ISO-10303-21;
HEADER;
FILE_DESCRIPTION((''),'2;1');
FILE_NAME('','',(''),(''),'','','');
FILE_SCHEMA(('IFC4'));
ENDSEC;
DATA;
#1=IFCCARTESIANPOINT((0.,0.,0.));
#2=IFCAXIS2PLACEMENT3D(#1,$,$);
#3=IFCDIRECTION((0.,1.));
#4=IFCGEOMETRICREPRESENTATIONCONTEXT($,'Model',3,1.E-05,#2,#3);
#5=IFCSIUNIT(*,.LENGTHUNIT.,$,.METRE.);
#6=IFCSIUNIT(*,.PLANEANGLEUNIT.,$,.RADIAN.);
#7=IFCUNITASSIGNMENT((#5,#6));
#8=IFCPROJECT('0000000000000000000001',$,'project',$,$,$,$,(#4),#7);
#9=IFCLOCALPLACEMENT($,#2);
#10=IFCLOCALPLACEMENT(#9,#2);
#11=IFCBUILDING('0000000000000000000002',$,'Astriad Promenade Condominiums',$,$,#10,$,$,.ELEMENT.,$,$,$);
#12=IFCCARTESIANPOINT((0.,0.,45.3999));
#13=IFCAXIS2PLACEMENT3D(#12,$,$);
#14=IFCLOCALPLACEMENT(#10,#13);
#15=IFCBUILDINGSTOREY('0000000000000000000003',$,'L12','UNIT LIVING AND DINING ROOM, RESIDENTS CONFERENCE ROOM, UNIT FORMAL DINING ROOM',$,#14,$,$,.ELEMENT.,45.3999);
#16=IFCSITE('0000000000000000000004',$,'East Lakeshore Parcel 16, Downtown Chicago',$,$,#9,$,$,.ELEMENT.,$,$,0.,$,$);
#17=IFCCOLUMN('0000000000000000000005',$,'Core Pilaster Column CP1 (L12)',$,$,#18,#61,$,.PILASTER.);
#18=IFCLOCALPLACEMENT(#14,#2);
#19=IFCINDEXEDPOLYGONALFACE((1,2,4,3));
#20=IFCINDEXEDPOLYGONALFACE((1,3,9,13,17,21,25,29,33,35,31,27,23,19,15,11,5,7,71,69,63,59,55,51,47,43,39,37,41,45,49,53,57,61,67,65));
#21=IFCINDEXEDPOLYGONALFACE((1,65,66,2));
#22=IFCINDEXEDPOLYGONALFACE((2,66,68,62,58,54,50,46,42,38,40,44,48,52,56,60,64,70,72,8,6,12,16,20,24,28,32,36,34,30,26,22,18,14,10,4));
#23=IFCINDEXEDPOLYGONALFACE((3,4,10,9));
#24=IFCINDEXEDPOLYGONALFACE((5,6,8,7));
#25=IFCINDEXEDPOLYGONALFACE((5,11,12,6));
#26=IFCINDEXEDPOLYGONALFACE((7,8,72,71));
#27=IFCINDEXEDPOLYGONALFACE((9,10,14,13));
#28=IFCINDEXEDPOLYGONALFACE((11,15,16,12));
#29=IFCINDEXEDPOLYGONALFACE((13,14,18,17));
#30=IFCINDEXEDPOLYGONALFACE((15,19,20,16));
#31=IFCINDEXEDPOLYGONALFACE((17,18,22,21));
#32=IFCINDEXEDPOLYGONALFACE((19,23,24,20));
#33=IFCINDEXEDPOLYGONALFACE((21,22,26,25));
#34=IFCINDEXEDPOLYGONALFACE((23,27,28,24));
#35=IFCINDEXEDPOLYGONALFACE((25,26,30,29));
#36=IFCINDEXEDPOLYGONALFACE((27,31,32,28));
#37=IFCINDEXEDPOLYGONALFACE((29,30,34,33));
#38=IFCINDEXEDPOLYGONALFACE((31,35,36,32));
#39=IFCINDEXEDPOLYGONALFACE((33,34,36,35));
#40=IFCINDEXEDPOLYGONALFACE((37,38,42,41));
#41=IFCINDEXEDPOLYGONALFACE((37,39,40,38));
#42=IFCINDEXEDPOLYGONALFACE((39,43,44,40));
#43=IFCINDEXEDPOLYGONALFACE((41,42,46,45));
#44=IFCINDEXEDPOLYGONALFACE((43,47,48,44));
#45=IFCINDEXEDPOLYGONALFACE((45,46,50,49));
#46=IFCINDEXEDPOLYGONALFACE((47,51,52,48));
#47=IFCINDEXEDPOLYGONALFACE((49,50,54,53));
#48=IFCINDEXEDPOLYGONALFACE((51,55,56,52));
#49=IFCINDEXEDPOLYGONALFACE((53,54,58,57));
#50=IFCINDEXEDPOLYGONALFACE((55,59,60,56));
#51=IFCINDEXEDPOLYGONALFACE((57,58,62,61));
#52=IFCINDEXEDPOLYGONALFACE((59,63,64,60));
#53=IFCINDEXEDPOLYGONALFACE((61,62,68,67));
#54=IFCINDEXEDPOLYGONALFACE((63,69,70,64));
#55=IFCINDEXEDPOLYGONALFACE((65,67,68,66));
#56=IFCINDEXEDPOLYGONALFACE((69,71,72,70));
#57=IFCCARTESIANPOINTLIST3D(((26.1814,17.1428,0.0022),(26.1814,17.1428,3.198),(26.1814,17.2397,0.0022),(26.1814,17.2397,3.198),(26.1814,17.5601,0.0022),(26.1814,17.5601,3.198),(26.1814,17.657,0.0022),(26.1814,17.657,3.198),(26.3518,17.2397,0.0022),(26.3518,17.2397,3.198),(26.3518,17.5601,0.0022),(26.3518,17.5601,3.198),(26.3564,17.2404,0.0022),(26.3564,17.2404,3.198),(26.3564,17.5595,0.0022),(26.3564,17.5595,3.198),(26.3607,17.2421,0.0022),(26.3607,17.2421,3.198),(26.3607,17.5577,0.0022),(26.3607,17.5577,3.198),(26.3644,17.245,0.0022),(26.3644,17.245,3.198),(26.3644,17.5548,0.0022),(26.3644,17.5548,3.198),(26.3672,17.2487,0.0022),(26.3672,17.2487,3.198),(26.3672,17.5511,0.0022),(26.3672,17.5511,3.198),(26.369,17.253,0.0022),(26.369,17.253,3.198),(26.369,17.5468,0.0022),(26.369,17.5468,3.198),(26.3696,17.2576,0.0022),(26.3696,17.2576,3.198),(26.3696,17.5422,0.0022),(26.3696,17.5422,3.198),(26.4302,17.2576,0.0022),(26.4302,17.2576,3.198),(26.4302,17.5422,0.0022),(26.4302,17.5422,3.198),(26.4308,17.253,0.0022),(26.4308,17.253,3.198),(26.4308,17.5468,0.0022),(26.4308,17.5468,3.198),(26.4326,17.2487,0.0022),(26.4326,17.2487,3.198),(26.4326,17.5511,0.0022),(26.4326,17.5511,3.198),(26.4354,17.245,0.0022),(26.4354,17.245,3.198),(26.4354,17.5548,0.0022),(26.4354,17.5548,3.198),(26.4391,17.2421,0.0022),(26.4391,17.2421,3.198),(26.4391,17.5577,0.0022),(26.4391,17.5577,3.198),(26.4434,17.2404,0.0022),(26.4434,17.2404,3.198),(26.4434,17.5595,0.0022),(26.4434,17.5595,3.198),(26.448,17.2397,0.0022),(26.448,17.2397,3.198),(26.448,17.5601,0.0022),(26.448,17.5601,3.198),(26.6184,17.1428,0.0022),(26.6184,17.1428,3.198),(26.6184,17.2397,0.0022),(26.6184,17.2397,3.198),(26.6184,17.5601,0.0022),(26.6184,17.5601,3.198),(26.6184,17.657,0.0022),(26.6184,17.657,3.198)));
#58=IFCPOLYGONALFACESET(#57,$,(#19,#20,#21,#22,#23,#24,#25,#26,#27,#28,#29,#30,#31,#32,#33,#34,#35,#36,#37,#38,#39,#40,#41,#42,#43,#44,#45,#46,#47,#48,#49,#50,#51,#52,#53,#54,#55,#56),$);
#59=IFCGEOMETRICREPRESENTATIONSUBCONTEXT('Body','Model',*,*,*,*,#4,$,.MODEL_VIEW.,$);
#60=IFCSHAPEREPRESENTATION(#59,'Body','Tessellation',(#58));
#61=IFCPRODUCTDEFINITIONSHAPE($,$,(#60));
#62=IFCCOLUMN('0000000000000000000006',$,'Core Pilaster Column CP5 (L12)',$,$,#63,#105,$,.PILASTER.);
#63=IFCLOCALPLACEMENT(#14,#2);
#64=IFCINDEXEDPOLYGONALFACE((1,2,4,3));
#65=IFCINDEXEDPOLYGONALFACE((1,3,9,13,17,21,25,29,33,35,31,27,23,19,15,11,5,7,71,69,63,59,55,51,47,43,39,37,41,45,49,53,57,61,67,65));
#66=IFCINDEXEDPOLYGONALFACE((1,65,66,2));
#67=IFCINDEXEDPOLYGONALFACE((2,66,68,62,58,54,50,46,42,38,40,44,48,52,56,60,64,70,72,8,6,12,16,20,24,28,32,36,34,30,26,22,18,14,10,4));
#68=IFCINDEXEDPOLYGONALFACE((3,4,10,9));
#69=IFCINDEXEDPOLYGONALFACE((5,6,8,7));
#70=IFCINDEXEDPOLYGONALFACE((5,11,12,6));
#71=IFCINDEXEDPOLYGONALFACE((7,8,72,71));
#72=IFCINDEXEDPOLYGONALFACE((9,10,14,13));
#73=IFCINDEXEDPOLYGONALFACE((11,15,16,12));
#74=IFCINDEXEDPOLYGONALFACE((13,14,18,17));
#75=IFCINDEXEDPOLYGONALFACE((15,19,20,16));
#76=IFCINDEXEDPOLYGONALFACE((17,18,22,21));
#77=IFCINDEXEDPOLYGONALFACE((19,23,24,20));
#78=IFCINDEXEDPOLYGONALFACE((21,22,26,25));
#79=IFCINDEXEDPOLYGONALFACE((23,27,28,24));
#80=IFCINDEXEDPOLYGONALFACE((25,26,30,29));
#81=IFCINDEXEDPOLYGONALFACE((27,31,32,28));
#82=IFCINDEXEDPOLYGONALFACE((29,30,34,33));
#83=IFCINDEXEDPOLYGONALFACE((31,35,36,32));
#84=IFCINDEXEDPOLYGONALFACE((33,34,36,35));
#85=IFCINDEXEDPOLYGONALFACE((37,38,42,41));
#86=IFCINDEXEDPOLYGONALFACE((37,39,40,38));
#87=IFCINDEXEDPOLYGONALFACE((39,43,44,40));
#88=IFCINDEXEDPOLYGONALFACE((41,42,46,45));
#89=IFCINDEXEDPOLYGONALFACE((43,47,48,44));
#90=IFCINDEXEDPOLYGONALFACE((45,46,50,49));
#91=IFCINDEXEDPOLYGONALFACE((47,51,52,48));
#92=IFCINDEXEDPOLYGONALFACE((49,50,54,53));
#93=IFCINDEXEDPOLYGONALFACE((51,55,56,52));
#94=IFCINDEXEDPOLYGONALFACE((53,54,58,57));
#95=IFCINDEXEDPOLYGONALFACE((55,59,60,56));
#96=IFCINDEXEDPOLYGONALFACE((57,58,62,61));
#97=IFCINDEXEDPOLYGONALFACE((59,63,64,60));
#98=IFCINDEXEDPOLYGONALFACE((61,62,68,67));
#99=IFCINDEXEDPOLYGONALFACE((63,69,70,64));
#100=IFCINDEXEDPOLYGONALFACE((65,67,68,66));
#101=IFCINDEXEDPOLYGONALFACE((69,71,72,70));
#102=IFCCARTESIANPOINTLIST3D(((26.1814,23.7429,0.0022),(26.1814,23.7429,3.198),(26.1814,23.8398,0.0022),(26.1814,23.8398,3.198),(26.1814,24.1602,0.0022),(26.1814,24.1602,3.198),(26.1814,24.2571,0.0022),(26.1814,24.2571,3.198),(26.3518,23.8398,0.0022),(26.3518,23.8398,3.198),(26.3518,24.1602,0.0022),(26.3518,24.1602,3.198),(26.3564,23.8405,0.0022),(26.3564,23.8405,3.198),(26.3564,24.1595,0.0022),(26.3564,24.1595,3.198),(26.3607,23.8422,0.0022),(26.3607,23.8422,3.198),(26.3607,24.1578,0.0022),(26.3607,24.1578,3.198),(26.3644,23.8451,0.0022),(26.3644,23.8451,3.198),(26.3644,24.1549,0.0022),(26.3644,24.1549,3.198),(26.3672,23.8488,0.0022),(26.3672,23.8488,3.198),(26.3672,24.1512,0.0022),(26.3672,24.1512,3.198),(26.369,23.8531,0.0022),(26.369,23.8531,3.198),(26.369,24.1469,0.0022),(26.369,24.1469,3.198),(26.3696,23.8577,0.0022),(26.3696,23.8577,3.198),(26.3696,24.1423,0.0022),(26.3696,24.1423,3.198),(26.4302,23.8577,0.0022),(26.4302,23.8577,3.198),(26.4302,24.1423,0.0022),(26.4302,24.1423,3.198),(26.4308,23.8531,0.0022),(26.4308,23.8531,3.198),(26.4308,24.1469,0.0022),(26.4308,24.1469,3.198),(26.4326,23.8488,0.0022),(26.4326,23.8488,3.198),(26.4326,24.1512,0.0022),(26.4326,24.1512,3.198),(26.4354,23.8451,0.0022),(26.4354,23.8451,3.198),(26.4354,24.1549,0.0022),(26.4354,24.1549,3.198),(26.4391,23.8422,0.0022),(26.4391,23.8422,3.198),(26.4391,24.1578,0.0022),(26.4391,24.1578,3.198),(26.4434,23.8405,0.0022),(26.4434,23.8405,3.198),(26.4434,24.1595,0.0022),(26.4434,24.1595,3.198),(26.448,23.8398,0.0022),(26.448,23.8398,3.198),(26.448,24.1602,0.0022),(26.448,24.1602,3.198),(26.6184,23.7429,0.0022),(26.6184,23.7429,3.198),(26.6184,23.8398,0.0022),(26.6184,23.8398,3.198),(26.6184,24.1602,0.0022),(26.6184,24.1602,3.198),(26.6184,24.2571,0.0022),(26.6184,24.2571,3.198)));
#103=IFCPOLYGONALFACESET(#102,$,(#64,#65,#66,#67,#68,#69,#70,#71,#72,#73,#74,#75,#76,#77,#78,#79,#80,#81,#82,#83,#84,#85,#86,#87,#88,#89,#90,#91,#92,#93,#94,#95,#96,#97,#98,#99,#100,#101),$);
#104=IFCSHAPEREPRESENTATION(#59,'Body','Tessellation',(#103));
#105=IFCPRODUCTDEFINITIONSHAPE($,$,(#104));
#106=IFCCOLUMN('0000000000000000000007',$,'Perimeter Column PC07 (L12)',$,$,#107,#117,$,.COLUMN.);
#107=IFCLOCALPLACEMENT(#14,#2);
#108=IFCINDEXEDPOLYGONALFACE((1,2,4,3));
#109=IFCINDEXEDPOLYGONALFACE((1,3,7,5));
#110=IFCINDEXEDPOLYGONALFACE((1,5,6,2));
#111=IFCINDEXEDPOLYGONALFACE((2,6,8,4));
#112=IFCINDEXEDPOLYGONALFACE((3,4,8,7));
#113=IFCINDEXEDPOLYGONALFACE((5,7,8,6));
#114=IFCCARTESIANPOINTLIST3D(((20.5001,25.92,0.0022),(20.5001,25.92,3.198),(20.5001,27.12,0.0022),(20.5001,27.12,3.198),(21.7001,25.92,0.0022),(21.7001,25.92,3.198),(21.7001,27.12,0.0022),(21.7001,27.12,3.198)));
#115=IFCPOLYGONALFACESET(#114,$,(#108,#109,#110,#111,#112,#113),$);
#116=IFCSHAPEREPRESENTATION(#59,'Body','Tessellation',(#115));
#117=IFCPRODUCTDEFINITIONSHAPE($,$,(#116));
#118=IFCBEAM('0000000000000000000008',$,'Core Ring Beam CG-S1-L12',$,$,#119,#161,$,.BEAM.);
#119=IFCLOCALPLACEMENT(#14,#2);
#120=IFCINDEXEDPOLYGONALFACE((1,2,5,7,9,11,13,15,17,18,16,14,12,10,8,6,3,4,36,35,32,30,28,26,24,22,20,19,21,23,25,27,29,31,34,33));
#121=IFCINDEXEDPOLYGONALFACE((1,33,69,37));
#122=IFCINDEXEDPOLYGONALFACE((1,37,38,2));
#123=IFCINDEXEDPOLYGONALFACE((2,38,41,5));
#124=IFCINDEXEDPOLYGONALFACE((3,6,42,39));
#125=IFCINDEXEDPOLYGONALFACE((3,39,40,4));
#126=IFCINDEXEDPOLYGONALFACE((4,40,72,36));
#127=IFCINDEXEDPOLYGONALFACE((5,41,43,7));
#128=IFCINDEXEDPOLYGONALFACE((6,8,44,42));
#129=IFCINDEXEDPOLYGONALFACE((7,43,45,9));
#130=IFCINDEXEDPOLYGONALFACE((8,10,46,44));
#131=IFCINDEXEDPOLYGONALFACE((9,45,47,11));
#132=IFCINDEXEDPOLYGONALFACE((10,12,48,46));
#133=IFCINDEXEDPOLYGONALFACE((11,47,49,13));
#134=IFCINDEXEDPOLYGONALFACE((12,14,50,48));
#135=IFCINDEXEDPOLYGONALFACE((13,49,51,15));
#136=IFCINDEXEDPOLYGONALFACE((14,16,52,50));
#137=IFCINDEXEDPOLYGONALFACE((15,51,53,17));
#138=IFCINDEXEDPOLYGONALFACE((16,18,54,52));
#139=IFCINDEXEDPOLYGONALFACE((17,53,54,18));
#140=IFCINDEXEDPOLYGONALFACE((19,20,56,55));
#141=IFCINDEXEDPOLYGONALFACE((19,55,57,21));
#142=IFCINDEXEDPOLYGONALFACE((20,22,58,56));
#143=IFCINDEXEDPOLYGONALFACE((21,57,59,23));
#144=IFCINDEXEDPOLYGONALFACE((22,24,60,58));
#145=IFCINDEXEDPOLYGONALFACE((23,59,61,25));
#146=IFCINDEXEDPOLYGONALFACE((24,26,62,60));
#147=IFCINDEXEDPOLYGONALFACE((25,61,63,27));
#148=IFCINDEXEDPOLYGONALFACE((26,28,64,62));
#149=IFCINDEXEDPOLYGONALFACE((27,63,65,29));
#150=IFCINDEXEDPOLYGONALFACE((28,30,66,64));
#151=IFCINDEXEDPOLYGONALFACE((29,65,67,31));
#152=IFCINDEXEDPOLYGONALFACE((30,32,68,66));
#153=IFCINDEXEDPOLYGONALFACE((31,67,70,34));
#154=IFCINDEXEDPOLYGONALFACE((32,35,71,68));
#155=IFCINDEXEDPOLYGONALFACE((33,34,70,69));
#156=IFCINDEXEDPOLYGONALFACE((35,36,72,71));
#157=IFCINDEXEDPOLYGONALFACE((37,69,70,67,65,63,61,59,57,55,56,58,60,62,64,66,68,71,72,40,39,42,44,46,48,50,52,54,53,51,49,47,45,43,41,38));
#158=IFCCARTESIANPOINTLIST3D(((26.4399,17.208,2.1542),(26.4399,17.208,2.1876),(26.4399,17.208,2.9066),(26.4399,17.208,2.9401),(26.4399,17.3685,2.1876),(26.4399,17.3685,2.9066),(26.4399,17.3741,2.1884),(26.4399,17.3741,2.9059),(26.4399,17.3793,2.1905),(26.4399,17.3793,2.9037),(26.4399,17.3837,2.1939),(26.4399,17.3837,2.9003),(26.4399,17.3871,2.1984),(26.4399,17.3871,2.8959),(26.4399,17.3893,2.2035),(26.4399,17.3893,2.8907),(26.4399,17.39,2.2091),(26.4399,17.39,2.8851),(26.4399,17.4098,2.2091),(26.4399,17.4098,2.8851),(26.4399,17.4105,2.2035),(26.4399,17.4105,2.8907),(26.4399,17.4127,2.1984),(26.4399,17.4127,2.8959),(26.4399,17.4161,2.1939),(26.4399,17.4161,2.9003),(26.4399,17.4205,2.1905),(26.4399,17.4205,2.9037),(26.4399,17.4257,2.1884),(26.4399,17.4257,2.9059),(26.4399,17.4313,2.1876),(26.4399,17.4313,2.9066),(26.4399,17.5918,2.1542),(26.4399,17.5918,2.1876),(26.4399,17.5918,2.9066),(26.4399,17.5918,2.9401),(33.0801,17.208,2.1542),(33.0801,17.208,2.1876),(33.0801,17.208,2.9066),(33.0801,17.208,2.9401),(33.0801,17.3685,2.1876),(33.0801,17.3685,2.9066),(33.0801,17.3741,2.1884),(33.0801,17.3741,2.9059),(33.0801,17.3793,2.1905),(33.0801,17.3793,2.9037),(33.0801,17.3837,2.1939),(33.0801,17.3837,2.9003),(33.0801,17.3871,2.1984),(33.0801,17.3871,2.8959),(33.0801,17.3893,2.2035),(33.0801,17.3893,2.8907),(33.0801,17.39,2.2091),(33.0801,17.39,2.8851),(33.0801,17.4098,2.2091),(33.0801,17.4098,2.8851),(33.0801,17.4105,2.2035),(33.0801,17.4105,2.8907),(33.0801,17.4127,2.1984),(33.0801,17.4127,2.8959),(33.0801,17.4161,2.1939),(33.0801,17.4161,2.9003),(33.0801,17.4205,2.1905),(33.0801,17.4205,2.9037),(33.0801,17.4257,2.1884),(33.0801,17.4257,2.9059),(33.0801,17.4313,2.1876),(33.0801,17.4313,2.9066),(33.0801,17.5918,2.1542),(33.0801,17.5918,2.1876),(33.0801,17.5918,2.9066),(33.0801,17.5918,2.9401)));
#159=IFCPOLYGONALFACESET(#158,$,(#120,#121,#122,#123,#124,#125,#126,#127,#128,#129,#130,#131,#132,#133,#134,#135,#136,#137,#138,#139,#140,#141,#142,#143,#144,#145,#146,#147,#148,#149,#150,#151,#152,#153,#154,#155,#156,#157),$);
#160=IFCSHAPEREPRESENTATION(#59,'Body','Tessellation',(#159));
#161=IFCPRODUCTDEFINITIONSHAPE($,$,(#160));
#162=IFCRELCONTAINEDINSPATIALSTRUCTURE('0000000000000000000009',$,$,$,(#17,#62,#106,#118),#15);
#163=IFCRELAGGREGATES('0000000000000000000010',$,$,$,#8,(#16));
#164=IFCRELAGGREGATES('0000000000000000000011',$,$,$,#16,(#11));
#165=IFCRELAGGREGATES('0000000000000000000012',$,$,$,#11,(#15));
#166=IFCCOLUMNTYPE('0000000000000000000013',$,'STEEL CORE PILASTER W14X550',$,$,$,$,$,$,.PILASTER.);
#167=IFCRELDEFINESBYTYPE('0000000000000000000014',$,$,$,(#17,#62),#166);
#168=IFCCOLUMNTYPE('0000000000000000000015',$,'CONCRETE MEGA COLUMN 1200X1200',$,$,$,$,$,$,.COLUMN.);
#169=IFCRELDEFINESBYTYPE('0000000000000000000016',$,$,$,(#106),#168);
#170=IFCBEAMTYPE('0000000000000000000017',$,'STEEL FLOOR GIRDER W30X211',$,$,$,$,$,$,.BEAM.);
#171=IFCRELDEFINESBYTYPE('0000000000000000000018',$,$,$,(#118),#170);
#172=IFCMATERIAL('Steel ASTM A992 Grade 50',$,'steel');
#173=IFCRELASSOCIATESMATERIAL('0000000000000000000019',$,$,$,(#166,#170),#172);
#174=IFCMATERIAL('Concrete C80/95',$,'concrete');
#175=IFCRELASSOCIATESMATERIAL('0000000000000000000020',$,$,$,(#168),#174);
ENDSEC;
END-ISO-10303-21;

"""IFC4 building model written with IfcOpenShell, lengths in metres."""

from ifc_helpers import new_model, si_unit, direction, frame, origin, origin_2d, place, context, subcontext, project, spatial, rectangle, i_section, extrude, source, transform, mapped, material, material_profile, profile_set, type_object, type_shapes, element, save


model = new_model("IFC4")

# Units and contexts
model_context = context("Model", 3, precision=1e-05, world=origin(), true_north=direction((0.0, 1.0)))
body_context = subcontext(model_context, "Body", "Model", "MODEL_VIEW")
ifc_project = project(units=[si_unit("LENGTHUNIT", "METRE"), si_unit("PLANEANGLEUNIT", "RADIAN")], contexts=[model_context])

# Site, building, storey
site_placement = place(None, origin())
site = spatial("IfcSite", under=ifc_project, at=site_placement, Name="East Lakeshore Parcel 16, Downtown Chicago", CompositionType="ELEMENT", RefElevation=0.0)
building_placement = place(site_placement, origin())
building = spatial("IfcBuilding", under=site, at=building_placement, Name="Astriad Promenade Condominiums", CompositionType="ELEMENT")
storey_placement = place(building_placement, frame((0.0, 0.0, 45.3999)))
storey = spatial("IfcBuildingStorey", under=building, at=storey_placement, Name="L12", Description="UNIT LIVING AND DINING ROOM, RESIDENTS CONFERENCE ROOM, UNIT FORMAL DINING ROOM", CompositionType="ELEMENT", Elevation=45.3999)

# Columns
ifc_material_1 = material(Name="Steel ASTM A992 Grade 50", Category="steel")
ifc_material_profile_1 = material_profile(ifc_material_1, i_section(OverallWidth=0.437, OverallDepth=0.5142, WebThickness=0.0605, FlangeThickness=0.0969, FilletRadius=0.0178, at=origin_2d()), Name="W14X550")
ifc_profile_set_1 = profile_set([ifc_material_profile_1], Name="Steel ASTM A992 Grade 50")
column_type_1 = type_object("IfcColumnType", Name="STEEL CORE PILASTER W14X550", PredefinedType="PILASTER", material=ifc_profile_set_1)
shared_shape_1 = source(origin(), body_context, "Body", "SweptSolid", [
    extrude(i_section(OverallWidth=0.437, OverallDepth=0.5142, WebThickness=0.0605, FlangeThickness=0.0969, FilletRadius=0.0178, at=origin_2d()), origin(), (0.0, 0.0, 1.0), 3.1958),
])
type_shapes(column_type_1, [shared_shape_1])
for number, where, z_axis, x_axis, name in (
    (1, (26.3999, 17.3999, 0.0022), (0.0, 0.0, 1.0), (1.0, 0.0, 0.0), "Core Pilaster Column CP1 (L12)"),
    (2, (26.3999, 24.0, 0.0022), (0.0, 0.0, 1.0), (1.0, 0.0, 0.0), "Core Pilaster Column CP5 (L12)"),
):
    element("IfcColumn", number, at=place(storey_placement, frame(where, z_axis=z_axis, x_axis=x_axis)), inside=storey, type_object=column_type_1, Name=name, PredefinedType="PILASTER", context=body_context, shape_type="MappedRepresentation", body=[
        mapped(shared_shape_1, transform((0.0, 0.0, 0.0), scale=1.0)),
    ])
ifc_material_2 = material(Name="Concrete C80/95", Category="concrete")
ifc_material_profile_2 = material_profile(ifc_material_2, rectangle(XDim=1.2, YDim=1.2, at=origin_2d()), Name="RC-COL-1200X1200")
ifc_profile_set_2 = profile_set([ifc_material_profile_2], Name="Concrete C80/95")
column_type_2 = type_object("IfcColumnType", Name="CONCRETE MEGA COLUMN 1200X1200", PredefinedType="COLUMN", material=ifc_profile_set_2)
shared_shape_2 = source(origin(), body_context, "Body", "SweptSolid", [
    extrude(rectangle(XDim=1.2, YDim=1.2, at=origin_2d()), origin(), (0.0, 0.0, 1.0), 3.1958),
])
type_shapes(column_type_2, [shared_shape_2])
column_placement = place(storey_placement, frame((21.1001, 26.52, 0.0022), z_axis=(0.0, 0.0, 1.0), x_axis=(1.0, 0.0, 0.0)))
element("IfcColumn", 3, at=column_placement, inside=storey, type_object=column_type_2, Name="Perimeter Column PC07 (L12)", PredefinedType="COLUMN", context=body_context, shape_type="MappedRepresentation", body=[
    mapped(shared_shape_2, transform((0.0, 0.0, 0.0), scale=1.0)),
])

# Beam
ifc_material_profile_3 = material_profile(ifc_material_1, i_section(OverallWidth=0.3838, OverallDepth=0.7859, WebThickness=0.0198, FlangeThickness=0.0334, FilletRadius=0.0215, at=origin_2d()), Name="W30X211")
ifc_profile_set_3 = profile_set([ifc_material_profile_3], Name="Steel ASTM A992 Grade 50")
beam_type_1 = type_object("IfcBeamType", Name="STEEL FLOOR GIRDER W30X211", PredefinedType="BEAM", material=ifc_profile_set_3)
shared_shape_3 = source(origin(), body_context, "Body", "SweptSolid", [
    extrude(i_section(OverallWidth=0.3838, OverallDepth=0.7859, WebThickness=0.0198, FlangeThickness=0.0334, FilletRadius=0.0215, at=origin_2d()), origin(), (0.0, 0.0, 1.0), 6.6401),
])
type_shapes(beam_type_1, [shared_shape_3])
beam_1_placement = place(storey_placement, frame((26.4399, 17.3999, 2.5471), z_axis=(1.0, 0.0, 0.0), x_axis=(0.0, 1.0, 0.0)))
element("IfcBeam", 4, at=beam_1_placement, inside=storey, type_object=beam_type_1, Name="Core Ring Beam CG-S1-L12", PredefinedType="BEAM", context=body_context, shape_type="MappedRepresentation", body=[
    mapped(shared_shape_3, transform((0.0, 0.0, 0.0), scale=1.0)),
])

save(model, "model.ifc")
